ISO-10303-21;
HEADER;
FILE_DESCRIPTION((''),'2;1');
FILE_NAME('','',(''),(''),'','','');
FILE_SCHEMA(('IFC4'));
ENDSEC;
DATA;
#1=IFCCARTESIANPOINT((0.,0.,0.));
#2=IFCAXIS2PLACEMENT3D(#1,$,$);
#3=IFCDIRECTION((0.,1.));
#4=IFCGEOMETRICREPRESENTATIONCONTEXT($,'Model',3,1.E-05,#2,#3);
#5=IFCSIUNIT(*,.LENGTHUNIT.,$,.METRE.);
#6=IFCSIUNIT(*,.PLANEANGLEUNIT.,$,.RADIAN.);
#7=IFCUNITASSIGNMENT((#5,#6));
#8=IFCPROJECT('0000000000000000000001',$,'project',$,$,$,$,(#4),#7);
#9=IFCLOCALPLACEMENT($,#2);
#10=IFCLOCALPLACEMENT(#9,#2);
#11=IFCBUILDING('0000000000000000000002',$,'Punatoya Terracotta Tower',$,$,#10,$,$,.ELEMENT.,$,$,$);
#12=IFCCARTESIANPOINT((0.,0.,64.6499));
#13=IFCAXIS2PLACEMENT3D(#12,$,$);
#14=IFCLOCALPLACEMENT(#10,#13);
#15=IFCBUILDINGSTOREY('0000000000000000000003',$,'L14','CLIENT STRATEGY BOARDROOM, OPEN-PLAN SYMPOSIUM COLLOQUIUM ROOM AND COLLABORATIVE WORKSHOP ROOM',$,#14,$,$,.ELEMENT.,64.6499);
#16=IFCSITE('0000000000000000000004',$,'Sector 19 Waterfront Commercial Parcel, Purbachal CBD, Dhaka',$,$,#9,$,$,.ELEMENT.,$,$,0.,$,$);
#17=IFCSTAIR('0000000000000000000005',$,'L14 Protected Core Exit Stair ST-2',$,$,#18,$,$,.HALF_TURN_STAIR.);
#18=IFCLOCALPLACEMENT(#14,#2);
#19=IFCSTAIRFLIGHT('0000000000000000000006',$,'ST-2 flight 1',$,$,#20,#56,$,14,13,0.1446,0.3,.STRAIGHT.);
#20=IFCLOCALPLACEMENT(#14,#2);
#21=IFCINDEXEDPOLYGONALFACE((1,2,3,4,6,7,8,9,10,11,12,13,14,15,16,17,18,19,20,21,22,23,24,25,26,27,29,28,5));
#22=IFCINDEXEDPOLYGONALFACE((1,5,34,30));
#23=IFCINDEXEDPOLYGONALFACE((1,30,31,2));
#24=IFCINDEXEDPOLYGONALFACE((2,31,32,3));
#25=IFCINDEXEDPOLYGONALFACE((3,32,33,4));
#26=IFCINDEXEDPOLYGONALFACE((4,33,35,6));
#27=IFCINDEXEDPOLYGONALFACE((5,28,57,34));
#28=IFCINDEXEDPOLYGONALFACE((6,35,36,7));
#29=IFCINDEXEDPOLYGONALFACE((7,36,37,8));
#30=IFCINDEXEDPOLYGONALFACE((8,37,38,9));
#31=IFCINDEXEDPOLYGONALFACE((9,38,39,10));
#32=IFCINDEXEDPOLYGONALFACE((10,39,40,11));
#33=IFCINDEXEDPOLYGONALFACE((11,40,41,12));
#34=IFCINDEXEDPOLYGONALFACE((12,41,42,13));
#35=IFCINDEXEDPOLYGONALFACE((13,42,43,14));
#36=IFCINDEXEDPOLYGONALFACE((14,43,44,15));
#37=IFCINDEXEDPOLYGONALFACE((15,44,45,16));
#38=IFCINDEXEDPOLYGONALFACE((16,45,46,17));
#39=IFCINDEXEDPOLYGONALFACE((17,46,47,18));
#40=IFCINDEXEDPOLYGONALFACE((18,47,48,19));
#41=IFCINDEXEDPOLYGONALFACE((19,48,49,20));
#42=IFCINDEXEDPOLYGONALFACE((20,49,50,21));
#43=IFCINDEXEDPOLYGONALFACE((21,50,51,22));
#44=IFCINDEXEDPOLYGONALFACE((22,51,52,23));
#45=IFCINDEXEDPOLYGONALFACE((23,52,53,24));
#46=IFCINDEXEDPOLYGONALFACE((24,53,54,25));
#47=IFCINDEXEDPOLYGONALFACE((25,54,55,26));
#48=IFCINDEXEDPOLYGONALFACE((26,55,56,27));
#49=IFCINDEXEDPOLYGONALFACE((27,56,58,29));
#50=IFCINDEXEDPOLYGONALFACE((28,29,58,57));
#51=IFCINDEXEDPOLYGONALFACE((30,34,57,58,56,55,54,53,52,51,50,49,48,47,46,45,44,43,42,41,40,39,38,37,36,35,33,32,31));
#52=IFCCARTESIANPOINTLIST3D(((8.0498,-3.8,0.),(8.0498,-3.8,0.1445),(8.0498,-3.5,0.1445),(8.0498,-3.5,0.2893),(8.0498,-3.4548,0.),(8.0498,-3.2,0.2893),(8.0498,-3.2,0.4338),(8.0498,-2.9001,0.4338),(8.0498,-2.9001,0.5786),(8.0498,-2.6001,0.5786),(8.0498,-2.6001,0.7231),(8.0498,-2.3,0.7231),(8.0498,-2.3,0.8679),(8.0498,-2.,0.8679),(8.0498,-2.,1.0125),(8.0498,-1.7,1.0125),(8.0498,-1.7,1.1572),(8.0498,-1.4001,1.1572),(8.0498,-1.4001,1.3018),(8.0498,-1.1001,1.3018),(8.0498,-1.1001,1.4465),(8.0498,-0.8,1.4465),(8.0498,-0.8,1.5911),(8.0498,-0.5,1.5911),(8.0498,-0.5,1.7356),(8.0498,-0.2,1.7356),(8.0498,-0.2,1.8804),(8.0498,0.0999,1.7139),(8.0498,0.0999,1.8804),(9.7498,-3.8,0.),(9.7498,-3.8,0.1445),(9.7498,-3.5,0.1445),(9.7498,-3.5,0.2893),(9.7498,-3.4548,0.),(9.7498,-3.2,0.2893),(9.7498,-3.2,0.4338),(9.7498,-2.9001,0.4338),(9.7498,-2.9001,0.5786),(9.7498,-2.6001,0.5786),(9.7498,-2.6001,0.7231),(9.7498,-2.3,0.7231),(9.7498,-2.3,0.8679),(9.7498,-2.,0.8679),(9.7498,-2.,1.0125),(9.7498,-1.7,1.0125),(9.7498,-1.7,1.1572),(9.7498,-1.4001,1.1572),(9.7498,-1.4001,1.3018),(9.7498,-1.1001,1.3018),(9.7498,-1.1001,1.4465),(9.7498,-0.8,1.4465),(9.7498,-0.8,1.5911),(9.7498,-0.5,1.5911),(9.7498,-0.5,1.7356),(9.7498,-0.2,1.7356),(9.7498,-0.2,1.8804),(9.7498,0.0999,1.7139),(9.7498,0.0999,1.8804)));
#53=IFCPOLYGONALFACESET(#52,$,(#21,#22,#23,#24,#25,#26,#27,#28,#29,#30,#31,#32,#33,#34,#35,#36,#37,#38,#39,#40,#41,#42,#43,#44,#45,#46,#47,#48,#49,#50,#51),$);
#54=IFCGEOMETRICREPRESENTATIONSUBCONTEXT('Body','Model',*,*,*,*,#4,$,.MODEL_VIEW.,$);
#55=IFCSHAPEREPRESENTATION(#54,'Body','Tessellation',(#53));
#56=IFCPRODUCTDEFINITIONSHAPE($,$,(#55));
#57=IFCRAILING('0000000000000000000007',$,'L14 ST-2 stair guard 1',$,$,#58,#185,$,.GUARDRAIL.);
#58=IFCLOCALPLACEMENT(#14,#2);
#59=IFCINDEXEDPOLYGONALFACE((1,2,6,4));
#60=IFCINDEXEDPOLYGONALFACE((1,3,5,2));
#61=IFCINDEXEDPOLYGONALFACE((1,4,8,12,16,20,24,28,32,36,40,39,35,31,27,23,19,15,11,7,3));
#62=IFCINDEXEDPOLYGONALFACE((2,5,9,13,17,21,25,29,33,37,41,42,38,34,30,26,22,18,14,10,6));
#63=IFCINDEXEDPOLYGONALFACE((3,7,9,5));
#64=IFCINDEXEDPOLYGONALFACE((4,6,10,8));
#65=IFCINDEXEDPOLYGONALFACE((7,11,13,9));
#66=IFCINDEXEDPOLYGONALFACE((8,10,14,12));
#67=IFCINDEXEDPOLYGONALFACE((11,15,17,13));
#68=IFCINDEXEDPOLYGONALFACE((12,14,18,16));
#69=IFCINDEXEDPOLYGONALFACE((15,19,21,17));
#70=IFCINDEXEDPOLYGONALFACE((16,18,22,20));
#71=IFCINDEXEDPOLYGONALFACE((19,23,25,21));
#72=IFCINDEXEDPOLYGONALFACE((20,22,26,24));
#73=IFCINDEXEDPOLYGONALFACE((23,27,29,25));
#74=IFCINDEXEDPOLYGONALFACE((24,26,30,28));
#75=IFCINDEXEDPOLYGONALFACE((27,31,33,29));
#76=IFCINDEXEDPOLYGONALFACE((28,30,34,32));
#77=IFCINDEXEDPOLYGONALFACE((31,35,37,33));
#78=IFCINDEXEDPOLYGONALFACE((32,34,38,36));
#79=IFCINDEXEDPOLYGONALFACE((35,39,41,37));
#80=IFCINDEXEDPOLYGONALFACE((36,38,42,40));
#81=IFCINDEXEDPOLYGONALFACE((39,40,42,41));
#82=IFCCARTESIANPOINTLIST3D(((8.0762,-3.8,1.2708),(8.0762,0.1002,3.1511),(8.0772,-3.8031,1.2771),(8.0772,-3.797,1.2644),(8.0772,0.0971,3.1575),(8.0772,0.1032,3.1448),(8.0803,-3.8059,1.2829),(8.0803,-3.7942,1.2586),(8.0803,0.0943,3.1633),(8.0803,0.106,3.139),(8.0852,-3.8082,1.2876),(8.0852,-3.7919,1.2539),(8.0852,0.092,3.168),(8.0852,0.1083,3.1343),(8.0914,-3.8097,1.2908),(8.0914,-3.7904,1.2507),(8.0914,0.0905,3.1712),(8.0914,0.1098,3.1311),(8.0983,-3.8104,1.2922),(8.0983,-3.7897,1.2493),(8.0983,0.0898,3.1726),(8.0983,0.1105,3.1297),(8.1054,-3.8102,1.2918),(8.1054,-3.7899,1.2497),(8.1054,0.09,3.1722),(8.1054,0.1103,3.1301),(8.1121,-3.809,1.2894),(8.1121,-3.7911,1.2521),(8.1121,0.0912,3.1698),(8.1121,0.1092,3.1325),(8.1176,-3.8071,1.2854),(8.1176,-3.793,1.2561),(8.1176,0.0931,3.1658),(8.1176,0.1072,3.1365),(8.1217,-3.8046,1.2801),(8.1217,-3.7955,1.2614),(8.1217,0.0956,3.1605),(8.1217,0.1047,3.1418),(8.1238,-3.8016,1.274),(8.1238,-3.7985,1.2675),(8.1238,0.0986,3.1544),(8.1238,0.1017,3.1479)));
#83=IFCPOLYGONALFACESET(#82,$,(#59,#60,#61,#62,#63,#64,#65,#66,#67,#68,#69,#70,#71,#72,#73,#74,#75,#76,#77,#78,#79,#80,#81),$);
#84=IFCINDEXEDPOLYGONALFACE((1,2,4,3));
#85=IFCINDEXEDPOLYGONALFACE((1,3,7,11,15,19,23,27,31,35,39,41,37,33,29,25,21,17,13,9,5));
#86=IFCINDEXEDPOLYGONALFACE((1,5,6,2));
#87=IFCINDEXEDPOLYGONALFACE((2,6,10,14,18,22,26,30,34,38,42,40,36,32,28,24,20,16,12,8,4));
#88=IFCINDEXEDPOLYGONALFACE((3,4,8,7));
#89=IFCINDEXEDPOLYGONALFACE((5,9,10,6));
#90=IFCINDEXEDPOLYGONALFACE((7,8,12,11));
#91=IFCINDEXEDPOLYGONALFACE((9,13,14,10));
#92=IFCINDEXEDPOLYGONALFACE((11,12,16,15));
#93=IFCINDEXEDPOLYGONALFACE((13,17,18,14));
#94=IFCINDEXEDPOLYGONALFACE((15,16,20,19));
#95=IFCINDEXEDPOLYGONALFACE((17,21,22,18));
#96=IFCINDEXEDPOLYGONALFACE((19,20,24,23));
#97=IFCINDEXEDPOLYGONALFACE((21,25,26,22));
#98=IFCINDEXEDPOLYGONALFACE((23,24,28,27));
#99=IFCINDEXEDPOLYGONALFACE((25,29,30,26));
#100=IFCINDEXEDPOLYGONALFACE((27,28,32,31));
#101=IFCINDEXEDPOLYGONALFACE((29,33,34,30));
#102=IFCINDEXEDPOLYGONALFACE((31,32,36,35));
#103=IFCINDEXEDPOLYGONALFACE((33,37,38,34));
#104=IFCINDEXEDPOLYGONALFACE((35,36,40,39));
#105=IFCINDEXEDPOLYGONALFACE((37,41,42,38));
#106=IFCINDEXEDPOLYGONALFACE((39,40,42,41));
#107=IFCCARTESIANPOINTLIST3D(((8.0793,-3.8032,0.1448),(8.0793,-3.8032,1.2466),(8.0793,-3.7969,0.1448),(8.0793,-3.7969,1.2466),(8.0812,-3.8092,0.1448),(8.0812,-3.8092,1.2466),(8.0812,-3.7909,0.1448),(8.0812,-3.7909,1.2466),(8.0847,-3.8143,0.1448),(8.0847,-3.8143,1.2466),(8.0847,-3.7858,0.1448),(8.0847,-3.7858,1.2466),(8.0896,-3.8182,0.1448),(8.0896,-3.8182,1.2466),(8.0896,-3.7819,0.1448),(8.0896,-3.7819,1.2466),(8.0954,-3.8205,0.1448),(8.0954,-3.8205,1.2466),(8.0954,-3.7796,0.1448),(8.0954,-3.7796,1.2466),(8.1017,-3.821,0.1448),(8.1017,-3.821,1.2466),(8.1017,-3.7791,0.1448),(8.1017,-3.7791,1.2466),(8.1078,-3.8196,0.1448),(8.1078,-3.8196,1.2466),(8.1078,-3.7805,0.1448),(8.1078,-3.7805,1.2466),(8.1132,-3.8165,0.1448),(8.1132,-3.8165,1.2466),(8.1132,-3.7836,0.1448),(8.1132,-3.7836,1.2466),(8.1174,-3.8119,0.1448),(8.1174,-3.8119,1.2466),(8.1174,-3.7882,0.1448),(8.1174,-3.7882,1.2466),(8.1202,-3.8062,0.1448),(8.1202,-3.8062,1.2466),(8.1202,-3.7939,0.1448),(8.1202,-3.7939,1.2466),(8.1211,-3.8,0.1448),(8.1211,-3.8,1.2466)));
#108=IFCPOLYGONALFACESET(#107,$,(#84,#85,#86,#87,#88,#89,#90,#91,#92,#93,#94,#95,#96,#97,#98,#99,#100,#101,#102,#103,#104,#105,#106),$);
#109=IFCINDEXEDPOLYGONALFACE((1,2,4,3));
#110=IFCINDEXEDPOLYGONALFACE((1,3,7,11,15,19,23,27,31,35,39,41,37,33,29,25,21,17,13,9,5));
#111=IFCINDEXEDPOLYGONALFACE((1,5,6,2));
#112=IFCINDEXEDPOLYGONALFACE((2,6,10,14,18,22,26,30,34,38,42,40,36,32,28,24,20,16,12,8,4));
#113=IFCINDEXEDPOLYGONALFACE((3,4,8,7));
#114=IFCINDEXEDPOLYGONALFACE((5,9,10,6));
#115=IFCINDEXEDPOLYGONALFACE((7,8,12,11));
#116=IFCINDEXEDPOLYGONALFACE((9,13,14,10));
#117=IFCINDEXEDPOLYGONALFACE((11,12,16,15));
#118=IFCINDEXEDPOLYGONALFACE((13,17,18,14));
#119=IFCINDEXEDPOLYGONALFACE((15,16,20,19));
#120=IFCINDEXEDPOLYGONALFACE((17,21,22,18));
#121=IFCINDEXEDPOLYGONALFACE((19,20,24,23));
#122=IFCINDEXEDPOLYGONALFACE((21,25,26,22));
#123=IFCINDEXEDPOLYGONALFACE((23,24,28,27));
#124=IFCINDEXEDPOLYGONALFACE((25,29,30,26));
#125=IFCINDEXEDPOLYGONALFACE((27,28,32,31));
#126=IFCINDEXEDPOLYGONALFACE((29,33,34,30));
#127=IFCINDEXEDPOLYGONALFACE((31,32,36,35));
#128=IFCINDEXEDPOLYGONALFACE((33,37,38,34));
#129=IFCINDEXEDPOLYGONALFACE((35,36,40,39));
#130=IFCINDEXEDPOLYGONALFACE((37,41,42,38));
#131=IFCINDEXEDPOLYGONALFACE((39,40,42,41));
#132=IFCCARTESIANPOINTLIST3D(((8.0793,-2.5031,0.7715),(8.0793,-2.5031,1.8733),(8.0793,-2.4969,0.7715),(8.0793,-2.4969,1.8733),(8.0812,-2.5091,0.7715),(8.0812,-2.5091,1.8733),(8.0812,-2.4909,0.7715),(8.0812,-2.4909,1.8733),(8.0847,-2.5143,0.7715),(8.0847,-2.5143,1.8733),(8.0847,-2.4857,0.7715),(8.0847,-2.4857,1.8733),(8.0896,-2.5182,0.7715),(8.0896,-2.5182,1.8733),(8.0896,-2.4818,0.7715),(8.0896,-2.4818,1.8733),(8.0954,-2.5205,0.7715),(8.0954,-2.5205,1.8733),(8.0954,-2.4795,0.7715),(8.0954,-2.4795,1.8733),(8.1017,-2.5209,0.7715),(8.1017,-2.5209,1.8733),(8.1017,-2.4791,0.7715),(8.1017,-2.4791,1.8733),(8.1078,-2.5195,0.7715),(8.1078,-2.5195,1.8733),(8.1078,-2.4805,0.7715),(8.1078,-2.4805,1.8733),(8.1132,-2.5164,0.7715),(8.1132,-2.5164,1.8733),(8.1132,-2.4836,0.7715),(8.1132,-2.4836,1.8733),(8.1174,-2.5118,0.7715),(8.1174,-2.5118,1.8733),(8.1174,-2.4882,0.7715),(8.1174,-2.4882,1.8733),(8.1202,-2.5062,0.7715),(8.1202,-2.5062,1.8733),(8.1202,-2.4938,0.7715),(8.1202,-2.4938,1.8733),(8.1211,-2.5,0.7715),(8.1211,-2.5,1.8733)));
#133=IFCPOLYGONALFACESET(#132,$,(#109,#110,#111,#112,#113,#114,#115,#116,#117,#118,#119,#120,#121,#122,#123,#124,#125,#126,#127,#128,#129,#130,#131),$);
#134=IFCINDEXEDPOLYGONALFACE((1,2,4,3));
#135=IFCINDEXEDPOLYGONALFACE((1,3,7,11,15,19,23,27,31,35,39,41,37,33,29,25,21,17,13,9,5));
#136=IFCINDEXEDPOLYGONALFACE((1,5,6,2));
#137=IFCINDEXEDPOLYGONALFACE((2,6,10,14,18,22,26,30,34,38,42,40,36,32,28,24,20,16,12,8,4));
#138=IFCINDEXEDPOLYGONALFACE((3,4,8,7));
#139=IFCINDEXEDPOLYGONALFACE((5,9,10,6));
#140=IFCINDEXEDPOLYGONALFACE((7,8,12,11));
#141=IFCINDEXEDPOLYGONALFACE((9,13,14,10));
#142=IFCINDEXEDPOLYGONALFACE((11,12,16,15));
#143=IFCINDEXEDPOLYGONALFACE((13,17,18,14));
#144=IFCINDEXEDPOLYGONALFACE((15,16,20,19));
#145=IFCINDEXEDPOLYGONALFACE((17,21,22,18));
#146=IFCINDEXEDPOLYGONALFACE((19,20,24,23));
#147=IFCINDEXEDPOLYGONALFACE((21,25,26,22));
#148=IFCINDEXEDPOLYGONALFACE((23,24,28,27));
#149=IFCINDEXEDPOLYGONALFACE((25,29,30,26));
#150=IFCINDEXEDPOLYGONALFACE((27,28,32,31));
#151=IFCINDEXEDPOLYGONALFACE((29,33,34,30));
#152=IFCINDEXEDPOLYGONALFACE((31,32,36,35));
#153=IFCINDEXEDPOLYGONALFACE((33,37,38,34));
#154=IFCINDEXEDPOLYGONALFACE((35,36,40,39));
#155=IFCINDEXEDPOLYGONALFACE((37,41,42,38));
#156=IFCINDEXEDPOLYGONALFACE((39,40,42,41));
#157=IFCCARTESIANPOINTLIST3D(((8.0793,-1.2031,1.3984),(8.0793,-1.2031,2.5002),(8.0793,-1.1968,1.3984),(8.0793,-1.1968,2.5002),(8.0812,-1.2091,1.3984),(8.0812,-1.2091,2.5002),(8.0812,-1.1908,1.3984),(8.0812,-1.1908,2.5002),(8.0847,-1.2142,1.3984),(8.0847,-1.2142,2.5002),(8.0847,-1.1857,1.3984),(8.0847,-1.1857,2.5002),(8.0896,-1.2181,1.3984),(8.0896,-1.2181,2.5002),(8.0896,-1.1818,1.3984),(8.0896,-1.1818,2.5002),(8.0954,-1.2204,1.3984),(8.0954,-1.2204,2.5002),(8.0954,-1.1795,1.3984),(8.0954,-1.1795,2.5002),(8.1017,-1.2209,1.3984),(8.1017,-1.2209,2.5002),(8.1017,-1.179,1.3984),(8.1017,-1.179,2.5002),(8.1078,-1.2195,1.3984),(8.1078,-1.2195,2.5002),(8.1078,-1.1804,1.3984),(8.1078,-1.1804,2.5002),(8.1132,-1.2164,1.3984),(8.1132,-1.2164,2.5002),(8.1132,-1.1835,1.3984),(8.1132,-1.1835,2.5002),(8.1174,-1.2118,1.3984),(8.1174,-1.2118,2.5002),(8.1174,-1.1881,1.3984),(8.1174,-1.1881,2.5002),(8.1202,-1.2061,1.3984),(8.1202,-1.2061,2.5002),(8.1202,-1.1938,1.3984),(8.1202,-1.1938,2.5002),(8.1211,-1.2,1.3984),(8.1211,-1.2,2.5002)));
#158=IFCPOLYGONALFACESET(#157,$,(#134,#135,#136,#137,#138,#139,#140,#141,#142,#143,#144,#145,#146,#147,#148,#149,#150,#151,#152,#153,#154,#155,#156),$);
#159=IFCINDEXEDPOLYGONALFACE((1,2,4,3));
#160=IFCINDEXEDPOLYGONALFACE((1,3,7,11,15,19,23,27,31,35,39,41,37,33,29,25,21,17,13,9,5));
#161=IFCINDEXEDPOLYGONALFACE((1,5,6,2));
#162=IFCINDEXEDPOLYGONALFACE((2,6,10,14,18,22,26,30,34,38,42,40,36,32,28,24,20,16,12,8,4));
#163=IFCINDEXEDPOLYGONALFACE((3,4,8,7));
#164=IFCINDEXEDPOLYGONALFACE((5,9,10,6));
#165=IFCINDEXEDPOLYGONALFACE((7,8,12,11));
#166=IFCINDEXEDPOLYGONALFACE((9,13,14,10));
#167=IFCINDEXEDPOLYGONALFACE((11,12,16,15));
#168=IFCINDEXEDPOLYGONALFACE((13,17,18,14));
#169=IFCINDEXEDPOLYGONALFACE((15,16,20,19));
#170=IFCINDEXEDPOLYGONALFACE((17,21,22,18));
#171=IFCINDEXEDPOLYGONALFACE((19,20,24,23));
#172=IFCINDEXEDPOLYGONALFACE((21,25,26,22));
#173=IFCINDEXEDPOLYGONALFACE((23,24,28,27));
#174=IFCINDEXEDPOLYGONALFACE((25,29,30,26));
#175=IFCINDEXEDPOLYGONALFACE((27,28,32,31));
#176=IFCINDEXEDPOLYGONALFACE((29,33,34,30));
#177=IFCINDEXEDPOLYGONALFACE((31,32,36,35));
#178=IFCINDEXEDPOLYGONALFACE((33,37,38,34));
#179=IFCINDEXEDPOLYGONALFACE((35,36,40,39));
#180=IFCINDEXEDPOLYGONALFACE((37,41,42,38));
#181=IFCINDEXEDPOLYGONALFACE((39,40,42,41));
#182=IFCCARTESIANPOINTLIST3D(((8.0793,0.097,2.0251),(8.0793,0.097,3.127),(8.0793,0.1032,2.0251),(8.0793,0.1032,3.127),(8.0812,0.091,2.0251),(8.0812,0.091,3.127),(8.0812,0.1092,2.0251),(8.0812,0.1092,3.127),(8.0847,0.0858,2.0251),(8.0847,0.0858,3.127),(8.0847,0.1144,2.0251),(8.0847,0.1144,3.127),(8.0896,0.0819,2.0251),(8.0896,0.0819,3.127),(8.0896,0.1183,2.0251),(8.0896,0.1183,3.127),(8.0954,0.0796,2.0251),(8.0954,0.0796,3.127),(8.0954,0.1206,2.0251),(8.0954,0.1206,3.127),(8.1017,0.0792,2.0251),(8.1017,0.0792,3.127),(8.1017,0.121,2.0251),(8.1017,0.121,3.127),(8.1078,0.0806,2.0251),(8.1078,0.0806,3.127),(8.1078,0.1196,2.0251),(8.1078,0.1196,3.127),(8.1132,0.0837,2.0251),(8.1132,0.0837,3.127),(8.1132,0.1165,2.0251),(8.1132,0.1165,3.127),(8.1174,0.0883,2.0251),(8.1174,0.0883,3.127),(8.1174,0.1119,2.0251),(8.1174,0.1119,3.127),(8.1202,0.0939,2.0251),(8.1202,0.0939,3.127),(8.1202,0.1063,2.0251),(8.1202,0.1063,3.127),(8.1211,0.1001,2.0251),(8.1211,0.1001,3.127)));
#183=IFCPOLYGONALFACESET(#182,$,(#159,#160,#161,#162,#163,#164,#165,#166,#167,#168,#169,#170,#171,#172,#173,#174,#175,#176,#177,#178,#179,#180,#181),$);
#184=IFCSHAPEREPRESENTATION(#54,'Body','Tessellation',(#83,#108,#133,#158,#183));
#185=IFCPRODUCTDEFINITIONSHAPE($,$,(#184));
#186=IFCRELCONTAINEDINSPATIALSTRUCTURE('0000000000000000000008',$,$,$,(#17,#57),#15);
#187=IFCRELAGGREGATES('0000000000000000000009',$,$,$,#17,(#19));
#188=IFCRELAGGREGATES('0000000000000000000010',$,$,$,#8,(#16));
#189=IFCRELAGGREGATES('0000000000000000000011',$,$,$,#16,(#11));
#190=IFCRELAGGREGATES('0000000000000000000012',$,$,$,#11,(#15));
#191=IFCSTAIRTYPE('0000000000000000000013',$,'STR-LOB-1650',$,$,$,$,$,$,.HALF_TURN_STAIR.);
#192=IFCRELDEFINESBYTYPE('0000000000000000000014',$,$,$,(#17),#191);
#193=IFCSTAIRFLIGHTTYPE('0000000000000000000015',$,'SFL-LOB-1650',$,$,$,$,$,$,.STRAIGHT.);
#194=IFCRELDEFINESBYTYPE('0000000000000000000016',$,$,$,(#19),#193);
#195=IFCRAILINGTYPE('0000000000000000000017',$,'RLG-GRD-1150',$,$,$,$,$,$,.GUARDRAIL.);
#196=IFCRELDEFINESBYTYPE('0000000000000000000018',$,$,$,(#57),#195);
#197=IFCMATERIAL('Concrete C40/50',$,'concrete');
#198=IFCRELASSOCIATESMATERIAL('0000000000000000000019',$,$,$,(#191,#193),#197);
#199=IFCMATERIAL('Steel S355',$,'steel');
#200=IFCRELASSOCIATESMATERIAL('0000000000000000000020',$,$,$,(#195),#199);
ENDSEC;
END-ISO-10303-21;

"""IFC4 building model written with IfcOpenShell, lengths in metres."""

from ifc_helpers import new_model, si_unit, direction, frame, origin, origin_2d, place, context, subcontext, project, spatial, polyline, circle, outline, extrude, material, type_object, element, aggregate, save


model = new_model("IFC4")

# Units and contexts
model_context = context("Model", 3, precision=1e-05, world=origin(), true_north=direction((0.0, 1.0)))
body_context = subcontext(model_context, "Body", "Model", "MODEL_VIEW")
ifc_project = project(units=[si_unit("LENGTHUNIT", "METRE"), si_unit("PLANEANGLEUNIT", "RADIAN")], contexts=[model_context])

# Site, building, storey
site_placement = place(None, origin())
site = spatial("IfcSite", under=ifc_project, at=site_placement, Name="Sector 19 Waterfront Commercial Parcel, Purbachal CBD, Dhaka", CompositionType="ELEMENT", RefElevation=0.0)
building_placement = place(site_placement, origin())
building = spatial("IfcBuilding", under=site, at=building_placement, Name="Punatoya Terracotta Tower", CompositionType="ELEMENT")
storey_placement = place(building_placement, frame((0.0, 0.0, 64.6499)))
storey = spatial("IfcBuildingStorey", under=building, at=storey_placement, Name="L14", Description="CLIENT STRATEGY BOARDROOM, OPEN-PLAN SYMPOSIUM COLLOQUIUM ROOM AND COLLABORATIVE WORKSHOP ROOM", CompositionType="ELEMENT", Elevation=64.6499)

# Shared definitions
ifc_material_1 = material(Name="Steel S355", Category="steel")

# Stair, stair flight
ifc_material_2 = material(Name="Concrete C40/50", Category="concrete")
stair_type = type_object("IfcStairType", Name="STR-LOB-1650", PredefinedType="HALF_TURN_STAIR", material=ifc_material_2)
stair_placement = place(storey_placement, origin())
stair = element("IfcStair", 1, at=stair_placement, inside=storey, type_object=stair_type, Name="L14 Protected Core Exit Stair ST-2", PredefinedType="HALF_TURN_STAIR")
stair_flight_type = type_object("IfcStairFlightType", Name="SFL-LOB-1650", PredefinedType="STRAIGHT", material=ifc_material_2)
stair_flight_placement = place(storey_placement, frame((8.8999, -3.8, 0.0), z_axis=(0.0, 0.0, 1.0), x_axis=(0.0, 1.0, 0.0)))
stair_flight = element("IfcStairFlight", 2, at=stair_flight_placement, type_object=stair_flight_type, Name="ST-2 flight 1", NumberOfRisers=14, NumberOfTreads=13, PredefinedType="STRAIGHT", RiserHeight=0.1446, TreadLength=0.3, context=body_context, shape_type="SweptSolid", body=[
    extrude(outline(polyline([(0.0, 0.0), (0.0, 0.1445), (0.3, 0.1445), (0.3, 0.2893), (0.6001, 0.2893), (0.6001, 0.4338), (0.8999, 0.4338), (0.8999, 0.5786), (1.2, 0.5786), (1.2, 0.7231), (1.5, 0.7231), (1.5, 0.8679), (1.8, 0.8679), (1.8, 1.0125), (2.1001, 1.0125), (2.1001, 1.1572), (2.3999, 1.1572), (2.3999, 1.3018), (2.7, 1.3018), (2.7, 1.4465), (3.0, 1.4465), (3.0, 1.5911), (3.3, 1.5911), (3.3, 1.7356), (3.6001, 1.7356), (3.6001, 1.8804), (3.8999, 1.8804), (3.8999, 2.0249), (3.8999, 1.7139), (0.3452, 0.0), (0.0, 0.0)])), frame((0.0, 0.8501, 0.0), z_axis=(0.0, -1.0, 0.0), x_axis=(1.0, 0.0, 0.0)), (0.0, 0.0, 1.0), 1.7),
])
aggregate(stair, [stair_flight])

# Railing
railing_type_1 = type_object("IfcRailingType", Name="RLG-GRD-1150", PredefinedType="GUARDRAIL", material=ifc_material_1)
railing_1_placement = place(storey_placement, frame((8.1001, -3.8, 0.1448)))
element("IfcRailing", 3, at=railing_1_placement, inside=storey, type_object=railing_type_1, Name="L14 ST-2 stair guard 1", PredefinedType="GUARDRAIL", context=body_context, shape_type="SweptSolid", body=[
    extrude(circle(Radius=0.0239, at=origin_2d()), frame((0.0, 0.0, 1.126), z_axis=(0.0, 0.900774, 0.434289), x_axis=(-1.0, 0.0, 0.0)), (0.0, 0.0, 1.0), 4.3298),
    extrude(circle(Radius=0.021, at=origin_2d()), origin(), (0.0, 0.0, 1.0), 1.1018),
    extrude(circle(Radius=0.021, at=origin_2d()), frame((0.0, 1.3, 0.6267)), (0.0, 0.0, 1.0), 1.1018),
    extrude(circle(Radius=0.021, at=origin_2d()), frame((0.0, 2.6001, 1.2537)), (0.0, 0.0, 1.0), 1.1018),
    extrude(circle(Radius=0.021, at=origin_2d()), frame((0.0, 3.9001, 1.8804)), (0.0, 0.0, 1.0), 1.1018),
])

save(model, "model.ifc")
